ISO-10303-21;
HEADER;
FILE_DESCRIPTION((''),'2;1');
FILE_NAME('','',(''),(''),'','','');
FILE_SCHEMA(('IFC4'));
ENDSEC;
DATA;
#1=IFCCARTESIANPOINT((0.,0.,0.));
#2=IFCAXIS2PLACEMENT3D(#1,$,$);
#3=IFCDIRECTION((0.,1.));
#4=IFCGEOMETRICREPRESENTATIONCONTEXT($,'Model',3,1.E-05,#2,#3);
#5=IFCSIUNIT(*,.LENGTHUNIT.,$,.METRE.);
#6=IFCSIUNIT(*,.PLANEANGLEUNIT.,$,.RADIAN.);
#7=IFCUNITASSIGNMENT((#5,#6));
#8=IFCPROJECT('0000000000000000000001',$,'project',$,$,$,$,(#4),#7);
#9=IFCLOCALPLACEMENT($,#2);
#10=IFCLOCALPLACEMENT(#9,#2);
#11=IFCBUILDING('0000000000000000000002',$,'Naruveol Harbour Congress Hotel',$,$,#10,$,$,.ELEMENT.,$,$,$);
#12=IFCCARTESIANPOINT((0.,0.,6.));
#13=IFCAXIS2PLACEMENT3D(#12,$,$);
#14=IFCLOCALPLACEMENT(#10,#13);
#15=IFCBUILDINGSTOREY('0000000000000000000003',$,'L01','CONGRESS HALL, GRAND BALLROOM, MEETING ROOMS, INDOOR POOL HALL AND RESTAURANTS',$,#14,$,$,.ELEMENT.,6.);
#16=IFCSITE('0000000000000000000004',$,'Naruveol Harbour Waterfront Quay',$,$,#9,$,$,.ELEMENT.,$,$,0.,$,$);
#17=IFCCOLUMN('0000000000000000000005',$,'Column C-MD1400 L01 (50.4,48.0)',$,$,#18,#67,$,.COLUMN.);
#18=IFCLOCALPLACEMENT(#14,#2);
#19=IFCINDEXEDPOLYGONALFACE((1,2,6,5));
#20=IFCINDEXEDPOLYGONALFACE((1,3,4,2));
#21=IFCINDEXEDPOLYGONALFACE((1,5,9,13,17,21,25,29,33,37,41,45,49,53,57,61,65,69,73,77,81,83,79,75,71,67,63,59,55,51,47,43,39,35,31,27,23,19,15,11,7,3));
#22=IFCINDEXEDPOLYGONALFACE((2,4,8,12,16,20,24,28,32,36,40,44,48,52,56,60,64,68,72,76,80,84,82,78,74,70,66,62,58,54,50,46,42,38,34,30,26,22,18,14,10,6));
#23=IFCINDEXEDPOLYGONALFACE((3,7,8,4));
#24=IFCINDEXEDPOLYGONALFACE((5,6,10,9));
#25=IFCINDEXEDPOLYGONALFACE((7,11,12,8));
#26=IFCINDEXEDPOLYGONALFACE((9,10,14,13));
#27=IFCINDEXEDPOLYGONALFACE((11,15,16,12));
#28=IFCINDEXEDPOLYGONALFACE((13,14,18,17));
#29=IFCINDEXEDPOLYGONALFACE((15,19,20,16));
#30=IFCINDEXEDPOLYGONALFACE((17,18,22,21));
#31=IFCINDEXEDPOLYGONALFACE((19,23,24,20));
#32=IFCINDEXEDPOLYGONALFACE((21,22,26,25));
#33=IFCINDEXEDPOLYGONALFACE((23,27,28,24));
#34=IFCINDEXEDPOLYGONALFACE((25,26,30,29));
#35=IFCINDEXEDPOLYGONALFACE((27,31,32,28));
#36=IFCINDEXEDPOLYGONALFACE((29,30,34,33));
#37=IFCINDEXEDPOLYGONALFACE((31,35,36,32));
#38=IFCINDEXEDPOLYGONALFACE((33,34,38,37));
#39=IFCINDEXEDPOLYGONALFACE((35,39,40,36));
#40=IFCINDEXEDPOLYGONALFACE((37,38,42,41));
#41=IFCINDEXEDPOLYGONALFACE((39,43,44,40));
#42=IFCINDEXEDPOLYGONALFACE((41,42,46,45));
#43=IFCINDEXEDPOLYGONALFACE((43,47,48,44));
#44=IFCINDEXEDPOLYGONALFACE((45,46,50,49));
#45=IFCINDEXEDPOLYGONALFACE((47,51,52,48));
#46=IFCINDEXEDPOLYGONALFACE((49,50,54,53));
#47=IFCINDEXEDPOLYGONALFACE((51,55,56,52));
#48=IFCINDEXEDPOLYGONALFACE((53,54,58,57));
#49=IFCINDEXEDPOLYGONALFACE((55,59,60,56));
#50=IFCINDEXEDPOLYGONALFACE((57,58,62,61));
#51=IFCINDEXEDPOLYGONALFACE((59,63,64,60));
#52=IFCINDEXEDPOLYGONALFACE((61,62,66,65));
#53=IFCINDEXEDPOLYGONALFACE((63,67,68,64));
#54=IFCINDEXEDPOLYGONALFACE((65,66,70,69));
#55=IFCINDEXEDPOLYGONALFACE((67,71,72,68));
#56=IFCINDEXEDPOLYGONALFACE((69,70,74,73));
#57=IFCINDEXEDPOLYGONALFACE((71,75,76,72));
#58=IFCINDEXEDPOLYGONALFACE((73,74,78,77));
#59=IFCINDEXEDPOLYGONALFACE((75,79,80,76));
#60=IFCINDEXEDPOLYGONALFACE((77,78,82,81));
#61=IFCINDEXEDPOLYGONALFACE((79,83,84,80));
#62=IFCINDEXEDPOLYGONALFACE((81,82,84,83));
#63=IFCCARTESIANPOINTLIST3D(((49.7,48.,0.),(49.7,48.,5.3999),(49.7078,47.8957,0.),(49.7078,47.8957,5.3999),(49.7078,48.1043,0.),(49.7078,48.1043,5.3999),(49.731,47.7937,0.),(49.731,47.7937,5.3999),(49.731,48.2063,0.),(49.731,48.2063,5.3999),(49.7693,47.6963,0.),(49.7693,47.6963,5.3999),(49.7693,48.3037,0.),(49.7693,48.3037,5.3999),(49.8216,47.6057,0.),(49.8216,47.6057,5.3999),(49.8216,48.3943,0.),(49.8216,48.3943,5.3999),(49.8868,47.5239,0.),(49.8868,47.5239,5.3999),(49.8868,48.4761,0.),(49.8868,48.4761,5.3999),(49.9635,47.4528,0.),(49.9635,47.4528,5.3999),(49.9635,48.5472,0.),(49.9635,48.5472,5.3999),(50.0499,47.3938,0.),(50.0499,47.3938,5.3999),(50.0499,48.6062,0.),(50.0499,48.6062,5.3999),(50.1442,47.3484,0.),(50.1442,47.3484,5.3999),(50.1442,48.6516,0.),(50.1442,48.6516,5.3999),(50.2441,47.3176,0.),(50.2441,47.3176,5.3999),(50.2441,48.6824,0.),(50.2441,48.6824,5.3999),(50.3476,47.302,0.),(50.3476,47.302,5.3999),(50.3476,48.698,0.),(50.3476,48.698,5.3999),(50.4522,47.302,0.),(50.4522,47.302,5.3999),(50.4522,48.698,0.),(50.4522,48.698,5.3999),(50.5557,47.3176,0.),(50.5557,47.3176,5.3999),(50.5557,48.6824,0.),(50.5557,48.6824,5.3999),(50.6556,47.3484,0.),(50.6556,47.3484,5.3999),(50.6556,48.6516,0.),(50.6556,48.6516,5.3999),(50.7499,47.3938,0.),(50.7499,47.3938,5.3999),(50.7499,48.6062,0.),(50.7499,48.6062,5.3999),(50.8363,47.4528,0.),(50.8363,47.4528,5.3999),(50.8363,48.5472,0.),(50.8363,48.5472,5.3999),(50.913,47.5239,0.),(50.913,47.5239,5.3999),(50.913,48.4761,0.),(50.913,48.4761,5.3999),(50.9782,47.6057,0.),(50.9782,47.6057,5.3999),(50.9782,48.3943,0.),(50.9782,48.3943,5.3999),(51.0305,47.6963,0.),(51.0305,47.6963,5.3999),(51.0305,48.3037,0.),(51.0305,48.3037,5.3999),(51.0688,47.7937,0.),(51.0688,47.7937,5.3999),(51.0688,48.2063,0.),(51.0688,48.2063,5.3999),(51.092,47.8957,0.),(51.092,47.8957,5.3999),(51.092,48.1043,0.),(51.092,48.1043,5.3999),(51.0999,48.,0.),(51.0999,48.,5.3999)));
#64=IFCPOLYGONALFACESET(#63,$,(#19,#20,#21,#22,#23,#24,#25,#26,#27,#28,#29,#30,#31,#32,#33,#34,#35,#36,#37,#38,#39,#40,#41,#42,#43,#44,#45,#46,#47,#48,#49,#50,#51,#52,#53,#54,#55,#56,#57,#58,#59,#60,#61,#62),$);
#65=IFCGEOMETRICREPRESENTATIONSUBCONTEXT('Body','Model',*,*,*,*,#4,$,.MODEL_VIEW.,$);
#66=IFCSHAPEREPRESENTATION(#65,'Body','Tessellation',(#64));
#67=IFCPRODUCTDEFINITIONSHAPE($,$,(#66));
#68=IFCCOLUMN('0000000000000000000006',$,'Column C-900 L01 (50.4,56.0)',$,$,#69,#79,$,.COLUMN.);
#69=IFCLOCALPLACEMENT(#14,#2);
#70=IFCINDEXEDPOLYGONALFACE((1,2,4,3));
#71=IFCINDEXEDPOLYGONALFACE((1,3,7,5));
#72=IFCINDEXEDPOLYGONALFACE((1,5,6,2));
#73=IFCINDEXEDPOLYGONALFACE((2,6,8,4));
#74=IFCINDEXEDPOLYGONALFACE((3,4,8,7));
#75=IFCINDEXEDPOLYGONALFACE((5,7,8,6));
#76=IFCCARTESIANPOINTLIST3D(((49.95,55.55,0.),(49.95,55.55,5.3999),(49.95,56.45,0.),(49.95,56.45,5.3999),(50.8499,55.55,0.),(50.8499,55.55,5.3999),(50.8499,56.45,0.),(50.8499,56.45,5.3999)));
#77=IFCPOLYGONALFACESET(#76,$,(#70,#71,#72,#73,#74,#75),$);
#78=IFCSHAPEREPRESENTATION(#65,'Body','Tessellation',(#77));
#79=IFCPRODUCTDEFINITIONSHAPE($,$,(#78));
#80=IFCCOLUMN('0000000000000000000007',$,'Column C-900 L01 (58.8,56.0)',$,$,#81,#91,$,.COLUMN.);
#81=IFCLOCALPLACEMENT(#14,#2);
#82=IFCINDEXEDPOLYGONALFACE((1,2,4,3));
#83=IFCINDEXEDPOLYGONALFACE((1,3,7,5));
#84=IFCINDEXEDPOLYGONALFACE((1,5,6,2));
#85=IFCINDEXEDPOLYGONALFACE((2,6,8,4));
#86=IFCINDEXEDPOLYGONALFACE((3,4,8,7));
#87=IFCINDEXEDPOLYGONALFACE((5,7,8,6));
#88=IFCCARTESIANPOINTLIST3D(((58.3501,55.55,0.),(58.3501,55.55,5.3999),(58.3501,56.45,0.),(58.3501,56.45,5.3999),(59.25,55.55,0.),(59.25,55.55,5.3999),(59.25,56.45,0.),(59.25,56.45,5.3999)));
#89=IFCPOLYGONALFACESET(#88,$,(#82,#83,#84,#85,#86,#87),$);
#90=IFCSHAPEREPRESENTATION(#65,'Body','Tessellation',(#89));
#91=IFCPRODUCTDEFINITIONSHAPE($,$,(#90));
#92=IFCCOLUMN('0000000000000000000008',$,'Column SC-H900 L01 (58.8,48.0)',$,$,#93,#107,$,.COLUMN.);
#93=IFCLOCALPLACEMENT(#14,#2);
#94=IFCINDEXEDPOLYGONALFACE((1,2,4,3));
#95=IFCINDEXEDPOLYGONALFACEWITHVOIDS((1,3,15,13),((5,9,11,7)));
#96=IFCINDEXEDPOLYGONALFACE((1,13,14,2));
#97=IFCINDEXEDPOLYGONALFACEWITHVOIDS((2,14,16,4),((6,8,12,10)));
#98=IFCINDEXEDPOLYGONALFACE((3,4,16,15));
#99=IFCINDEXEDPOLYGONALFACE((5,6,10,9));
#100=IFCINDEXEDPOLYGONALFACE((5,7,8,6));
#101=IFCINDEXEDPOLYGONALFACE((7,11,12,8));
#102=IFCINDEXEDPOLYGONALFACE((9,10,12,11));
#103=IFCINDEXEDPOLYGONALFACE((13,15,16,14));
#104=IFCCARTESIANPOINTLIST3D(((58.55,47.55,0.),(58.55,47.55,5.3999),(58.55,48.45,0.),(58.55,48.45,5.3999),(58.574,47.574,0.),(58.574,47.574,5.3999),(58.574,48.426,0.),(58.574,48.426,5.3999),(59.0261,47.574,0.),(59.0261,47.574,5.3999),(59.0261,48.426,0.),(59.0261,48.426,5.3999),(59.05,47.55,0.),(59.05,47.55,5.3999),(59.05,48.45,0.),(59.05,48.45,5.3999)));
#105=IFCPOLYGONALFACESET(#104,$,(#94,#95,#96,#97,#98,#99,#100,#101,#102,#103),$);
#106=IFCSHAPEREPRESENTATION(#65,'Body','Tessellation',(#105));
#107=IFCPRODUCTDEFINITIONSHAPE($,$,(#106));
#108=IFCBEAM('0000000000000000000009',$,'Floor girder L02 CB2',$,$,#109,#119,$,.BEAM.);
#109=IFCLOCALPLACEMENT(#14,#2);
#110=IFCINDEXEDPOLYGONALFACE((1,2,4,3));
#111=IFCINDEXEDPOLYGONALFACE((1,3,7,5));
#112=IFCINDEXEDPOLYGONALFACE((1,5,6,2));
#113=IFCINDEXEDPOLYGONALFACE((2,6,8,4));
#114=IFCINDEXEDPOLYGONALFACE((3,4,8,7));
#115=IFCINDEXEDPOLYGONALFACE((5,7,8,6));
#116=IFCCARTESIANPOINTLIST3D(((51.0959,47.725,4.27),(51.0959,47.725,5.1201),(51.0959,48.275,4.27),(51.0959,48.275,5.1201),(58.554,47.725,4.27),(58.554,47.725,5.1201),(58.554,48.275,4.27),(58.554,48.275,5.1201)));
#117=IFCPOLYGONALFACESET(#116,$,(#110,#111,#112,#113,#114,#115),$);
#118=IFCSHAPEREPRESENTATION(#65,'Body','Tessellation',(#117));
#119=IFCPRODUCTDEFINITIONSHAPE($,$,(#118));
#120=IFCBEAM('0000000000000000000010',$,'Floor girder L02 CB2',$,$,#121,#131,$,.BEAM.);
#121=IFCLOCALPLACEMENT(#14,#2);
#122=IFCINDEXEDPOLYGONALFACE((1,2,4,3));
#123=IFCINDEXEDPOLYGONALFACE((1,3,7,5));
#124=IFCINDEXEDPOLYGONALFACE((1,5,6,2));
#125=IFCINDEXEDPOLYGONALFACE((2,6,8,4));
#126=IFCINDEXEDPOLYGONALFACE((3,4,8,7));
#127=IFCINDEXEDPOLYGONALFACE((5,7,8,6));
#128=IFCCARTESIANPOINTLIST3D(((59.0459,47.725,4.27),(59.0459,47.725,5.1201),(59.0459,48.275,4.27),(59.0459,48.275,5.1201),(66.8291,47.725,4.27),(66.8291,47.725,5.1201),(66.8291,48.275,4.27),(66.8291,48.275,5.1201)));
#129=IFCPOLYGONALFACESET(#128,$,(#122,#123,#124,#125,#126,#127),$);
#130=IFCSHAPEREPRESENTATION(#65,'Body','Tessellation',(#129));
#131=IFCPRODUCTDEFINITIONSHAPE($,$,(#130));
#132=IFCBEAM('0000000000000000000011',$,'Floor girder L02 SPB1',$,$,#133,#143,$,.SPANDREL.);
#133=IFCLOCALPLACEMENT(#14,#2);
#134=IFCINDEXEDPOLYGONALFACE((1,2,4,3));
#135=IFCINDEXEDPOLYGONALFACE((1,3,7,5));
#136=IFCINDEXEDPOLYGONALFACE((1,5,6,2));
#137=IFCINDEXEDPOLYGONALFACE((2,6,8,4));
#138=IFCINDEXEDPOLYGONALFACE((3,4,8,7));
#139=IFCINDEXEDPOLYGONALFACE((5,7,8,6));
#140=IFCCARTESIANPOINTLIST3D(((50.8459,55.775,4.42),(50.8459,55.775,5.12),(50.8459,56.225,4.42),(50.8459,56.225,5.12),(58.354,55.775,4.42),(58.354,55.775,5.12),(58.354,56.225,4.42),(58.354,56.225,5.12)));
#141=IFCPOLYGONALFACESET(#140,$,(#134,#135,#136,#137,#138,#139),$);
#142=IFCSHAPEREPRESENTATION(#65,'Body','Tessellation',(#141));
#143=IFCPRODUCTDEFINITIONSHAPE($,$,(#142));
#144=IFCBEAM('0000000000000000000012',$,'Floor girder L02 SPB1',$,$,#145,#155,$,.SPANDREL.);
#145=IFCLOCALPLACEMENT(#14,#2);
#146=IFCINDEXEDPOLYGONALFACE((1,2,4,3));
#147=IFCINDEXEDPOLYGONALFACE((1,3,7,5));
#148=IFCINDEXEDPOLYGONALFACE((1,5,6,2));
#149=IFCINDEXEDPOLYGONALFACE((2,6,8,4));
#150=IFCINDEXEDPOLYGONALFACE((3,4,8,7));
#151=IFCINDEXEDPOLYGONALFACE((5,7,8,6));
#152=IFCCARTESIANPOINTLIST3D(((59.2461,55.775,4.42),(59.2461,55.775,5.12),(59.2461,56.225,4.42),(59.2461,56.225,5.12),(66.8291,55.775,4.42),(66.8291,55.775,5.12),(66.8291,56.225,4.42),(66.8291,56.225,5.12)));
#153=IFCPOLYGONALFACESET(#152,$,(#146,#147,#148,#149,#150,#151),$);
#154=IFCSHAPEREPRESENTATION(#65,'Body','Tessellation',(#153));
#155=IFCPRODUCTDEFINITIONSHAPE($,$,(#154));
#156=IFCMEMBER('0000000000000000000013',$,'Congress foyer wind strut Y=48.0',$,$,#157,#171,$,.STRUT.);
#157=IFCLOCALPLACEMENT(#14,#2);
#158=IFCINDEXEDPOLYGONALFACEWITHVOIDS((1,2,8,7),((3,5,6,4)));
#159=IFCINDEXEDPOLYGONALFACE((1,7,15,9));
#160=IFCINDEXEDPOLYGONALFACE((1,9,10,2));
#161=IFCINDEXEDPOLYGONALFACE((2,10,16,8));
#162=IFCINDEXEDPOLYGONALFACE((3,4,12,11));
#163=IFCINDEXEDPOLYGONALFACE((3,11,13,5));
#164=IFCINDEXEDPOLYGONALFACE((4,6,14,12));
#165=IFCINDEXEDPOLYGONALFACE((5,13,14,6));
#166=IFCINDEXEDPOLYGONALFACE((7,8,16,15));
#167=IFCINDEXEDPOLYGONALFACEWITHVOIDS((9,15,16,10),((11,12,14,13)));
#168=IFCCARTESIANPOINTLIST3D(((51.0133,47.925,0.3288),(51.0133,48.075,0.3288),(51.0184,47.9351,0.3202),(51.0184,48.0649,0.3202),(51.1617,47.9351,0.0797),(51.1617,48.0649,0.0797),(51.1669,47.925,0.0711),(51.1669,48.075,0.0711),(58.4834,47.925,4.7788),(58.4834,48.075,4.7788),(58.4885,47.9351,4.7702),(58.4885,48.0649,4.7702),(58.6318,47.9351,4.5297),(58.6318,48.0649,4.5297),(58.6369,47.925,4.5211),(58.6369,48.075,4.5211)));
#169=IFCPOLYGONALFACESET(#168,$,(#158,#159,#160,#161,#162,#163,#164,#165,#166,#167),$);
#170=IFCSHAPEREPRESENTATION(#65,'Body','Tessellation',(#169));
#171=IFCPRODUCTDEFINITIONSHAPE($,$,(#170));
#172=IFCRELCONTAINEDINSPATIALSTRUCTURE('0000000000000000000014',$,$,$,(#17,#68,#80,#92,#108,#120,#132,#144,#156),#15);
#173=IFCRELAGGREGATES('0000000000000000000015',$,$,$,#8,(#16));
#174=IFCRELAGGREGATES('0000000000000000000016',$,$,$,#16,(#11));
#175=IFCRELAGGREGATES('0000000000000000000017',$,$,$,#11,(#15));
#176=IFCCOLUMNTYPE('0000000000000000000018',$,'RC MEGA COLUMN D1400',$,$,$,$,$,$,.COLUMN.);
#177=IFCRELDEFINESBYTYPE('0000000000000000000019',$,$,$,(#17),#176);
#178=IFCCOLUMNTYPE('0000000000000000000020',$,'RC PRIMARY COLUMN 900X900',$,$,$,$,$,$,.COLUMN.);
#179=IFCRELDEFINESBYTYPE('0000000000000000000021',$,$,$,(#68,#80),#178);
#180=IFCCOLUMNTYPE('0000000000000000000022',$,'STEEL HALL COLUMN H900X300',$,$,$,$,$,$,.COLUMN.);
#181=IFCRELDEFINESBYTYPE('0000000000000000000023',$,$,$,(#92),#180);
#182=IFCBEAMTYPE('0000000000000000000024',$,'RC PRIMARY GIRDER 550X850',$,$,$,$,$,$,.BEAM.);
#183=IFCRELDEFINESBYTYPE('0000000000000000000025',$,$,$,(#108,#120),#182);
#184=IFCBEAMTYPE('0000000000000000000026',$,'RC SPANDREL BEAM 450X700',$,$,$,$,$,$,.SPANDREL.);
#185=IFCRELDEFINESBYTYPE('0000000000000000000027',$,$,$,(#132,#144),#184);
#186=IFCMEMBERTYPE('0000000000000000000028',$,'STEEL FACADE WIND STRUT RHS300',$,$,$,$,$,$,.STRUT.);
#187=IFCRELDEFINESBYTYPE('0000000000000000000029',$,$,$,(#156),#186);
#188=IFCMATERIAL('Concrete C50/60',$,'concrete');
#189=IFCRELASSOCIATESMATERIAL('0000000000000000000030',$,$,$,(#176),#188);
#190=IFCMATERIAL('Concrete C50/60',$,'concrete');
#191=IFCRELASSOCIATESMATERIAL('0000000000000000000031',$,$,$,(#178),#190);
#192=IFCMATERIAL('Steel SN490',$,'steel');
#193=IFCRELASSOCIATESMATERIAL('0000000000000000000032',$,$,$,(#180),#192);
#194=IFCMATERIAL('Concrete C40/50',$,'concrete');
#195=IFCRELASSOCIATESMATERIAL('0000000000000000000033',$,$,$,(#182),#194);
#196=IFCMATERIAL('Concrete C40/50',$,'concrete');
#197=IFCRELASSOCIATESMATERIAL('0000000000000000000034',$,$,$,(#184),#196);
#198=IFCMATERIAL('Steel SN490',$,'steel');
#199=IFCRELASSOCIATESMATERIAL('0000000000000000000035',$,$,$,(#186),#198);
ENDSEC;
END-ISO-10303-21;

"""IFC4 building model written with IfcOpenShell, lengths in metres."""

from ifc_helpers import new_model, si_unit, direction, frame, origin, origin_2d, place, context, subcontext, project, spatial, rectangle, hollow_rectangle, circle, extrude, material, material_profile, profile_set, type_object, element, save


model = new_model("IFC4")

# Units and contexts
model_context = context("Model", 3, precision=1e-05, world=origin(), true_north=direction((0.0, 1.0)))
body_context = subcontext(model_context, "Body", "Model", "MODEL_VIEW")
ifc_project = project(units=[si_unit("LENGTHUNIT", "METRE"), si_unit("PLANEANGLEUNIT", "RADIAN")], contexts=[model_context])

# Site, building, storey
site_placement = place(None, origin())
site = spatial("IfcSite", under=ifc_project, at=site_placement, Name="Naruveol Harbour Waterfront Quay", CompositionType="ELEMENT", RefElevation=0.0)
building_placement = place(site_placement, origin())
building = spatial("IfcBuilding", under=site, at=building_placement, Name="Naruveol Harbour Congress Hotel", CompositionType="ELEMENT")
storey_placement = place(building_placement, frame((0.0, 0.0, 6.0)))
storey = spatial("IfcBuildingStorey", under=building, at=storey_placement, Name="L01", Description="CONGRESS HALL, GRAND BALLROOM, MEETING ROOMS, INDOOR POOL HALL AND RESTAURANTS", CompositionType="ELEMENT", Elevation=6.0)

# Columns
ifc_material_1 = material(Name="Concrete C50/60", Category="concrete")
ifc_material_profile_1 = material_profile(ifc_material_1, circle(Radius=0.7, at=origin_2d()), Name="RC-D1400")
ifc_profile_set_1 = profile_set([ifc_material_profile_1], Name="Concrete C50/60")
column_type_1 = type_object("IfcColumnType", Name="RC MEGA COLUMN D1400", PredefinedType="COLUMN", material=ifc_profile_set_1)
column_1_placement = place(storey_placement, frame((50.3999, 48.0, 0.0), z_axis=(0.0, 0.0, 1.0), x_axis=(1.0, 0.0, 0.0)))
element("IfcColumn", 1, at=column_1_placement, inside=storey, type_object=column_type_1, Name="Column C-MD1400 L01 (50.4,48.0)", PredefinedType="COLUMN", context=body_context, shape_type="SweptSolid", body=[
    extrude(circle(Radius=0.7, at=origin_2d()), origin(), (0.0, 0.0, 1.0), 5.3999),
])
ifc_material_2 = material(Name="Concrete C50/60", Category="concrete")
ifc_material_profile_2 = material_profile(ifc_material_2, rectangle(XDim=0.8999, YDim=0.8999, at=origin_2d()), Name="RC-900x900")
ifc_profile_set_2 = profile_set([ifc_material_profile_2], Name="Concrete C50/60")
column_type_2 = type_object("IfcColumnType", Name="RC PRIMARY COLUMN 900X900", PredefinedType="COLUMN", material=ifc_profile_set_2)
for number, where, z_axis, x_axis, name in (
    (2, (50.3999, 56.0, 0.0), (0.0, 0.0, 1.0), (1.0, 0.0, 0.0), "Column C-900 L01 (50.4,56.0)"),
    (3, (58.8, 56.0, 0.0), (0.0, 0.0, 1.0), (1.0, 0.0, 0.0), "Column C-900 L01 (58.8,56.0)"),
):
    element("IfcColumn", number, at=place(storey_placement, frame(where, z_axis=z_axis, x_axis=x_axis)), inside=storey, type_object=column_type_2, Name=name, PredefinedType="COLUMN", context=body_context, shape_type="SweptSolid", body=[
        extrude(rectangle(XDim=0.8999, YDim=0.8999, at=origin_2d()), origin(), (0.0, 0.0, 1.0), 5.3999),
    ])
ifc_material_3 = material(Name="Steel SN490", Category="steel")
ifc_material_profile_3 = material_profile(ifc_material_3, hollow_rectangle(XDim=0.5, YDim=0.8999, WallThickness=0.0239, at=origin_2d()), Name="RHS-900x500x24")
ifc_profile_set_3 = profile_set([ifc_material_profile_3], Name="Steel SN490")
column_type_3 = type_object("IfcColumnType", Name="STEEL HALL COLUMN H900X300", PredefinedType="COLUMN", material=ifc_profile_set_3)
column_2_placement = place(storey_placement, frame((58.8, 48.0, 0.0), z_axis=(0.0, 0.0, 1.0), x_axis=(1.0, 0.0, 0.0)))
element("IfcColumn", 4, at=column_2_placement, inside=storey, type_object=column_type_3, Name="Column SC-H900 L01 (58.8,48.0)", PredefinedType="COLUMN", context=body_context, shape_type="SweptSolid", body=[
    extrude(hollow_rectangle(XDim=0.5, YDim=0.8999, WallThickness=0.0239, at=origin_2d()), origin(), (0.0, 0.0, 1.0), 5.3999),
])

# Beams
ifc_material_4 = material(Name="Concrete C40/50", Category="concrete")
ifc_material_profile_4 = material_profile(ifc_material_4, rectangle(XDim=0.55, YDim=0.8501, at=origin_2d()), Name="RCB-550x850")
ifc_profile_set_4 = profile_set([ifc_material_profile_4], Name="Concrete C40/50")
beam_type_1 = type_object("IfcBeamType", Name="RC PRIMARY GIRDER 550X850", PredefinedType="BEAM", material=ifc_profile_set_4)
beam_1_placement = place(storey_placement, frame((51.0959, 48.0, 4.6951), z_axis=(1.0, 0.0, 0.0), x_axis=(0.0, 1.0, 0.0)))
element("IfcBeam", 5, at=beam_1_placement, inside=storey, type_object=beam_type_1, Name="Floor girder L02 CB2", PredefinedType="BEAM", context=body_context, shape_type="SweptSolid", body=[
    extrude(rectangle(XDim=0.55, YDim=0.8501, at=origin_2d()), origin(), (0.0, 0.0, 1.0), 7.458),
])
beam_2_placement = place(storey_placement, frame((59.0459, 48.0, 4.6951), z_axis=(1.0, 0.0, 0.0), x_axis=(0.0, 1.0, 0.0)))
element("IfcBeam", 6, at=beam_2_placement, inside=storey, type_object=beam_type_1, Name="Floor girder L02 CB2", PredefinedType="BEAM", context=body_context, shape_type="SweptSolid", body=[
    extrude(rectangle(XDim=0.55, YDim=0.8501, at=origin_2d()), origin(), (0.0, 0.0, 1.0), 7.7832),
])
ifc_material_5 = material(Name="Concrete C40/50", Category="concrete")
ifc_material_profile_5 = material_profile(ifc_material_5, rectangle(XDim=0.45, YDim=0.7, at=origin_2d()), Name="RCB-450x700")
ifc_profile_set_5 = profile_set([ifc_material_profile_5], Name="Concrete C40/50")
beam_type_2 = type_object("IfcBeamType", Name="RC SPANDREL BEAM 450X700", PredefinedType="SPANDREL", material=ifc_profile_set_5)
beam_3_placement = place(storey_placement, frame((50.8459, 56.0, 4.77), z_axis=(1.0, 0.0, 0.0), x_axis=(0.0, 1.0, 0.0)))
element("IfcBeam", 7, at=beam_3_placement, inside=storey, type_object=beam_type_2, Name="Floor girder L02 SPB1", PredefinedType="SPANDREL", context=body_context, shape_type="SweptSolid", body=[
    extrude(rectangle(XDim=0.45, YDim=0.7, at=origin_2d()), origin(), (0.0, 0.0, 1.0), 7.5081),
])
beam_4_placement = place(storey_placement, frame((59.2461, 56.0, 4.77), z_axis=(1.0, 0.0, 0.0), x_axis=(0.0, 1.0, 0.0)))
element("IfcBeam", 8, at=beam_4_placement, inside=storey, type_object=beam_type_2, Name="Floor girder L02 SPB1", PredefinedType="SPANDREL", context=body_context, shape_type="SweptSolid", body=[
    extrude(rectangle(XDim=0.45, YDim=0.7, at=origin_2d()), origin(), (0.0, 0.0, 1.0), 7.583),
])

# Member
ifc_material_6 = material(Name="Steel SN490", Category="steel")
ifc_material_profile_6 = material_profile(ifc_material_6, hollow_rectangle(XDim=0.1499, YDim=0.3, WallThickness=0.01, at=origin_2d()), Name="RHS-300x150x10")
ifc_profile_set_6 = profile_set([ifc_material_profile_6], Name="Steel SN490")
member_type = type_object("IfcMemberType", Name="STEEL FACADE WIND STRUT RHS300", PredefinedType="STRUT", material=ifc_profile_set_6)
member_placement = place(storey_placement, frame((51.0901, 48.0, 0.2), z_axis=(0.859114, 0.0, 0.511784), x_axis=(0.0, 1.0, 0.0)))
element("IfcMember", 9, at=member_placement, inside=storey, type_object=member_type, Name="Congress foyer wind strut Y=48.0", PredefinedType="STRUT", context=body_context, shape_type="SweptSolid", body=[
    extrude(hollow_rectangle(XDim=0.1499, YDim=0.3, WallThickness=0.01, at=origin_2d()), origin(), (0.0, 0.0, 1.0), 8.6951),
])

save(model, "model.ifc")
